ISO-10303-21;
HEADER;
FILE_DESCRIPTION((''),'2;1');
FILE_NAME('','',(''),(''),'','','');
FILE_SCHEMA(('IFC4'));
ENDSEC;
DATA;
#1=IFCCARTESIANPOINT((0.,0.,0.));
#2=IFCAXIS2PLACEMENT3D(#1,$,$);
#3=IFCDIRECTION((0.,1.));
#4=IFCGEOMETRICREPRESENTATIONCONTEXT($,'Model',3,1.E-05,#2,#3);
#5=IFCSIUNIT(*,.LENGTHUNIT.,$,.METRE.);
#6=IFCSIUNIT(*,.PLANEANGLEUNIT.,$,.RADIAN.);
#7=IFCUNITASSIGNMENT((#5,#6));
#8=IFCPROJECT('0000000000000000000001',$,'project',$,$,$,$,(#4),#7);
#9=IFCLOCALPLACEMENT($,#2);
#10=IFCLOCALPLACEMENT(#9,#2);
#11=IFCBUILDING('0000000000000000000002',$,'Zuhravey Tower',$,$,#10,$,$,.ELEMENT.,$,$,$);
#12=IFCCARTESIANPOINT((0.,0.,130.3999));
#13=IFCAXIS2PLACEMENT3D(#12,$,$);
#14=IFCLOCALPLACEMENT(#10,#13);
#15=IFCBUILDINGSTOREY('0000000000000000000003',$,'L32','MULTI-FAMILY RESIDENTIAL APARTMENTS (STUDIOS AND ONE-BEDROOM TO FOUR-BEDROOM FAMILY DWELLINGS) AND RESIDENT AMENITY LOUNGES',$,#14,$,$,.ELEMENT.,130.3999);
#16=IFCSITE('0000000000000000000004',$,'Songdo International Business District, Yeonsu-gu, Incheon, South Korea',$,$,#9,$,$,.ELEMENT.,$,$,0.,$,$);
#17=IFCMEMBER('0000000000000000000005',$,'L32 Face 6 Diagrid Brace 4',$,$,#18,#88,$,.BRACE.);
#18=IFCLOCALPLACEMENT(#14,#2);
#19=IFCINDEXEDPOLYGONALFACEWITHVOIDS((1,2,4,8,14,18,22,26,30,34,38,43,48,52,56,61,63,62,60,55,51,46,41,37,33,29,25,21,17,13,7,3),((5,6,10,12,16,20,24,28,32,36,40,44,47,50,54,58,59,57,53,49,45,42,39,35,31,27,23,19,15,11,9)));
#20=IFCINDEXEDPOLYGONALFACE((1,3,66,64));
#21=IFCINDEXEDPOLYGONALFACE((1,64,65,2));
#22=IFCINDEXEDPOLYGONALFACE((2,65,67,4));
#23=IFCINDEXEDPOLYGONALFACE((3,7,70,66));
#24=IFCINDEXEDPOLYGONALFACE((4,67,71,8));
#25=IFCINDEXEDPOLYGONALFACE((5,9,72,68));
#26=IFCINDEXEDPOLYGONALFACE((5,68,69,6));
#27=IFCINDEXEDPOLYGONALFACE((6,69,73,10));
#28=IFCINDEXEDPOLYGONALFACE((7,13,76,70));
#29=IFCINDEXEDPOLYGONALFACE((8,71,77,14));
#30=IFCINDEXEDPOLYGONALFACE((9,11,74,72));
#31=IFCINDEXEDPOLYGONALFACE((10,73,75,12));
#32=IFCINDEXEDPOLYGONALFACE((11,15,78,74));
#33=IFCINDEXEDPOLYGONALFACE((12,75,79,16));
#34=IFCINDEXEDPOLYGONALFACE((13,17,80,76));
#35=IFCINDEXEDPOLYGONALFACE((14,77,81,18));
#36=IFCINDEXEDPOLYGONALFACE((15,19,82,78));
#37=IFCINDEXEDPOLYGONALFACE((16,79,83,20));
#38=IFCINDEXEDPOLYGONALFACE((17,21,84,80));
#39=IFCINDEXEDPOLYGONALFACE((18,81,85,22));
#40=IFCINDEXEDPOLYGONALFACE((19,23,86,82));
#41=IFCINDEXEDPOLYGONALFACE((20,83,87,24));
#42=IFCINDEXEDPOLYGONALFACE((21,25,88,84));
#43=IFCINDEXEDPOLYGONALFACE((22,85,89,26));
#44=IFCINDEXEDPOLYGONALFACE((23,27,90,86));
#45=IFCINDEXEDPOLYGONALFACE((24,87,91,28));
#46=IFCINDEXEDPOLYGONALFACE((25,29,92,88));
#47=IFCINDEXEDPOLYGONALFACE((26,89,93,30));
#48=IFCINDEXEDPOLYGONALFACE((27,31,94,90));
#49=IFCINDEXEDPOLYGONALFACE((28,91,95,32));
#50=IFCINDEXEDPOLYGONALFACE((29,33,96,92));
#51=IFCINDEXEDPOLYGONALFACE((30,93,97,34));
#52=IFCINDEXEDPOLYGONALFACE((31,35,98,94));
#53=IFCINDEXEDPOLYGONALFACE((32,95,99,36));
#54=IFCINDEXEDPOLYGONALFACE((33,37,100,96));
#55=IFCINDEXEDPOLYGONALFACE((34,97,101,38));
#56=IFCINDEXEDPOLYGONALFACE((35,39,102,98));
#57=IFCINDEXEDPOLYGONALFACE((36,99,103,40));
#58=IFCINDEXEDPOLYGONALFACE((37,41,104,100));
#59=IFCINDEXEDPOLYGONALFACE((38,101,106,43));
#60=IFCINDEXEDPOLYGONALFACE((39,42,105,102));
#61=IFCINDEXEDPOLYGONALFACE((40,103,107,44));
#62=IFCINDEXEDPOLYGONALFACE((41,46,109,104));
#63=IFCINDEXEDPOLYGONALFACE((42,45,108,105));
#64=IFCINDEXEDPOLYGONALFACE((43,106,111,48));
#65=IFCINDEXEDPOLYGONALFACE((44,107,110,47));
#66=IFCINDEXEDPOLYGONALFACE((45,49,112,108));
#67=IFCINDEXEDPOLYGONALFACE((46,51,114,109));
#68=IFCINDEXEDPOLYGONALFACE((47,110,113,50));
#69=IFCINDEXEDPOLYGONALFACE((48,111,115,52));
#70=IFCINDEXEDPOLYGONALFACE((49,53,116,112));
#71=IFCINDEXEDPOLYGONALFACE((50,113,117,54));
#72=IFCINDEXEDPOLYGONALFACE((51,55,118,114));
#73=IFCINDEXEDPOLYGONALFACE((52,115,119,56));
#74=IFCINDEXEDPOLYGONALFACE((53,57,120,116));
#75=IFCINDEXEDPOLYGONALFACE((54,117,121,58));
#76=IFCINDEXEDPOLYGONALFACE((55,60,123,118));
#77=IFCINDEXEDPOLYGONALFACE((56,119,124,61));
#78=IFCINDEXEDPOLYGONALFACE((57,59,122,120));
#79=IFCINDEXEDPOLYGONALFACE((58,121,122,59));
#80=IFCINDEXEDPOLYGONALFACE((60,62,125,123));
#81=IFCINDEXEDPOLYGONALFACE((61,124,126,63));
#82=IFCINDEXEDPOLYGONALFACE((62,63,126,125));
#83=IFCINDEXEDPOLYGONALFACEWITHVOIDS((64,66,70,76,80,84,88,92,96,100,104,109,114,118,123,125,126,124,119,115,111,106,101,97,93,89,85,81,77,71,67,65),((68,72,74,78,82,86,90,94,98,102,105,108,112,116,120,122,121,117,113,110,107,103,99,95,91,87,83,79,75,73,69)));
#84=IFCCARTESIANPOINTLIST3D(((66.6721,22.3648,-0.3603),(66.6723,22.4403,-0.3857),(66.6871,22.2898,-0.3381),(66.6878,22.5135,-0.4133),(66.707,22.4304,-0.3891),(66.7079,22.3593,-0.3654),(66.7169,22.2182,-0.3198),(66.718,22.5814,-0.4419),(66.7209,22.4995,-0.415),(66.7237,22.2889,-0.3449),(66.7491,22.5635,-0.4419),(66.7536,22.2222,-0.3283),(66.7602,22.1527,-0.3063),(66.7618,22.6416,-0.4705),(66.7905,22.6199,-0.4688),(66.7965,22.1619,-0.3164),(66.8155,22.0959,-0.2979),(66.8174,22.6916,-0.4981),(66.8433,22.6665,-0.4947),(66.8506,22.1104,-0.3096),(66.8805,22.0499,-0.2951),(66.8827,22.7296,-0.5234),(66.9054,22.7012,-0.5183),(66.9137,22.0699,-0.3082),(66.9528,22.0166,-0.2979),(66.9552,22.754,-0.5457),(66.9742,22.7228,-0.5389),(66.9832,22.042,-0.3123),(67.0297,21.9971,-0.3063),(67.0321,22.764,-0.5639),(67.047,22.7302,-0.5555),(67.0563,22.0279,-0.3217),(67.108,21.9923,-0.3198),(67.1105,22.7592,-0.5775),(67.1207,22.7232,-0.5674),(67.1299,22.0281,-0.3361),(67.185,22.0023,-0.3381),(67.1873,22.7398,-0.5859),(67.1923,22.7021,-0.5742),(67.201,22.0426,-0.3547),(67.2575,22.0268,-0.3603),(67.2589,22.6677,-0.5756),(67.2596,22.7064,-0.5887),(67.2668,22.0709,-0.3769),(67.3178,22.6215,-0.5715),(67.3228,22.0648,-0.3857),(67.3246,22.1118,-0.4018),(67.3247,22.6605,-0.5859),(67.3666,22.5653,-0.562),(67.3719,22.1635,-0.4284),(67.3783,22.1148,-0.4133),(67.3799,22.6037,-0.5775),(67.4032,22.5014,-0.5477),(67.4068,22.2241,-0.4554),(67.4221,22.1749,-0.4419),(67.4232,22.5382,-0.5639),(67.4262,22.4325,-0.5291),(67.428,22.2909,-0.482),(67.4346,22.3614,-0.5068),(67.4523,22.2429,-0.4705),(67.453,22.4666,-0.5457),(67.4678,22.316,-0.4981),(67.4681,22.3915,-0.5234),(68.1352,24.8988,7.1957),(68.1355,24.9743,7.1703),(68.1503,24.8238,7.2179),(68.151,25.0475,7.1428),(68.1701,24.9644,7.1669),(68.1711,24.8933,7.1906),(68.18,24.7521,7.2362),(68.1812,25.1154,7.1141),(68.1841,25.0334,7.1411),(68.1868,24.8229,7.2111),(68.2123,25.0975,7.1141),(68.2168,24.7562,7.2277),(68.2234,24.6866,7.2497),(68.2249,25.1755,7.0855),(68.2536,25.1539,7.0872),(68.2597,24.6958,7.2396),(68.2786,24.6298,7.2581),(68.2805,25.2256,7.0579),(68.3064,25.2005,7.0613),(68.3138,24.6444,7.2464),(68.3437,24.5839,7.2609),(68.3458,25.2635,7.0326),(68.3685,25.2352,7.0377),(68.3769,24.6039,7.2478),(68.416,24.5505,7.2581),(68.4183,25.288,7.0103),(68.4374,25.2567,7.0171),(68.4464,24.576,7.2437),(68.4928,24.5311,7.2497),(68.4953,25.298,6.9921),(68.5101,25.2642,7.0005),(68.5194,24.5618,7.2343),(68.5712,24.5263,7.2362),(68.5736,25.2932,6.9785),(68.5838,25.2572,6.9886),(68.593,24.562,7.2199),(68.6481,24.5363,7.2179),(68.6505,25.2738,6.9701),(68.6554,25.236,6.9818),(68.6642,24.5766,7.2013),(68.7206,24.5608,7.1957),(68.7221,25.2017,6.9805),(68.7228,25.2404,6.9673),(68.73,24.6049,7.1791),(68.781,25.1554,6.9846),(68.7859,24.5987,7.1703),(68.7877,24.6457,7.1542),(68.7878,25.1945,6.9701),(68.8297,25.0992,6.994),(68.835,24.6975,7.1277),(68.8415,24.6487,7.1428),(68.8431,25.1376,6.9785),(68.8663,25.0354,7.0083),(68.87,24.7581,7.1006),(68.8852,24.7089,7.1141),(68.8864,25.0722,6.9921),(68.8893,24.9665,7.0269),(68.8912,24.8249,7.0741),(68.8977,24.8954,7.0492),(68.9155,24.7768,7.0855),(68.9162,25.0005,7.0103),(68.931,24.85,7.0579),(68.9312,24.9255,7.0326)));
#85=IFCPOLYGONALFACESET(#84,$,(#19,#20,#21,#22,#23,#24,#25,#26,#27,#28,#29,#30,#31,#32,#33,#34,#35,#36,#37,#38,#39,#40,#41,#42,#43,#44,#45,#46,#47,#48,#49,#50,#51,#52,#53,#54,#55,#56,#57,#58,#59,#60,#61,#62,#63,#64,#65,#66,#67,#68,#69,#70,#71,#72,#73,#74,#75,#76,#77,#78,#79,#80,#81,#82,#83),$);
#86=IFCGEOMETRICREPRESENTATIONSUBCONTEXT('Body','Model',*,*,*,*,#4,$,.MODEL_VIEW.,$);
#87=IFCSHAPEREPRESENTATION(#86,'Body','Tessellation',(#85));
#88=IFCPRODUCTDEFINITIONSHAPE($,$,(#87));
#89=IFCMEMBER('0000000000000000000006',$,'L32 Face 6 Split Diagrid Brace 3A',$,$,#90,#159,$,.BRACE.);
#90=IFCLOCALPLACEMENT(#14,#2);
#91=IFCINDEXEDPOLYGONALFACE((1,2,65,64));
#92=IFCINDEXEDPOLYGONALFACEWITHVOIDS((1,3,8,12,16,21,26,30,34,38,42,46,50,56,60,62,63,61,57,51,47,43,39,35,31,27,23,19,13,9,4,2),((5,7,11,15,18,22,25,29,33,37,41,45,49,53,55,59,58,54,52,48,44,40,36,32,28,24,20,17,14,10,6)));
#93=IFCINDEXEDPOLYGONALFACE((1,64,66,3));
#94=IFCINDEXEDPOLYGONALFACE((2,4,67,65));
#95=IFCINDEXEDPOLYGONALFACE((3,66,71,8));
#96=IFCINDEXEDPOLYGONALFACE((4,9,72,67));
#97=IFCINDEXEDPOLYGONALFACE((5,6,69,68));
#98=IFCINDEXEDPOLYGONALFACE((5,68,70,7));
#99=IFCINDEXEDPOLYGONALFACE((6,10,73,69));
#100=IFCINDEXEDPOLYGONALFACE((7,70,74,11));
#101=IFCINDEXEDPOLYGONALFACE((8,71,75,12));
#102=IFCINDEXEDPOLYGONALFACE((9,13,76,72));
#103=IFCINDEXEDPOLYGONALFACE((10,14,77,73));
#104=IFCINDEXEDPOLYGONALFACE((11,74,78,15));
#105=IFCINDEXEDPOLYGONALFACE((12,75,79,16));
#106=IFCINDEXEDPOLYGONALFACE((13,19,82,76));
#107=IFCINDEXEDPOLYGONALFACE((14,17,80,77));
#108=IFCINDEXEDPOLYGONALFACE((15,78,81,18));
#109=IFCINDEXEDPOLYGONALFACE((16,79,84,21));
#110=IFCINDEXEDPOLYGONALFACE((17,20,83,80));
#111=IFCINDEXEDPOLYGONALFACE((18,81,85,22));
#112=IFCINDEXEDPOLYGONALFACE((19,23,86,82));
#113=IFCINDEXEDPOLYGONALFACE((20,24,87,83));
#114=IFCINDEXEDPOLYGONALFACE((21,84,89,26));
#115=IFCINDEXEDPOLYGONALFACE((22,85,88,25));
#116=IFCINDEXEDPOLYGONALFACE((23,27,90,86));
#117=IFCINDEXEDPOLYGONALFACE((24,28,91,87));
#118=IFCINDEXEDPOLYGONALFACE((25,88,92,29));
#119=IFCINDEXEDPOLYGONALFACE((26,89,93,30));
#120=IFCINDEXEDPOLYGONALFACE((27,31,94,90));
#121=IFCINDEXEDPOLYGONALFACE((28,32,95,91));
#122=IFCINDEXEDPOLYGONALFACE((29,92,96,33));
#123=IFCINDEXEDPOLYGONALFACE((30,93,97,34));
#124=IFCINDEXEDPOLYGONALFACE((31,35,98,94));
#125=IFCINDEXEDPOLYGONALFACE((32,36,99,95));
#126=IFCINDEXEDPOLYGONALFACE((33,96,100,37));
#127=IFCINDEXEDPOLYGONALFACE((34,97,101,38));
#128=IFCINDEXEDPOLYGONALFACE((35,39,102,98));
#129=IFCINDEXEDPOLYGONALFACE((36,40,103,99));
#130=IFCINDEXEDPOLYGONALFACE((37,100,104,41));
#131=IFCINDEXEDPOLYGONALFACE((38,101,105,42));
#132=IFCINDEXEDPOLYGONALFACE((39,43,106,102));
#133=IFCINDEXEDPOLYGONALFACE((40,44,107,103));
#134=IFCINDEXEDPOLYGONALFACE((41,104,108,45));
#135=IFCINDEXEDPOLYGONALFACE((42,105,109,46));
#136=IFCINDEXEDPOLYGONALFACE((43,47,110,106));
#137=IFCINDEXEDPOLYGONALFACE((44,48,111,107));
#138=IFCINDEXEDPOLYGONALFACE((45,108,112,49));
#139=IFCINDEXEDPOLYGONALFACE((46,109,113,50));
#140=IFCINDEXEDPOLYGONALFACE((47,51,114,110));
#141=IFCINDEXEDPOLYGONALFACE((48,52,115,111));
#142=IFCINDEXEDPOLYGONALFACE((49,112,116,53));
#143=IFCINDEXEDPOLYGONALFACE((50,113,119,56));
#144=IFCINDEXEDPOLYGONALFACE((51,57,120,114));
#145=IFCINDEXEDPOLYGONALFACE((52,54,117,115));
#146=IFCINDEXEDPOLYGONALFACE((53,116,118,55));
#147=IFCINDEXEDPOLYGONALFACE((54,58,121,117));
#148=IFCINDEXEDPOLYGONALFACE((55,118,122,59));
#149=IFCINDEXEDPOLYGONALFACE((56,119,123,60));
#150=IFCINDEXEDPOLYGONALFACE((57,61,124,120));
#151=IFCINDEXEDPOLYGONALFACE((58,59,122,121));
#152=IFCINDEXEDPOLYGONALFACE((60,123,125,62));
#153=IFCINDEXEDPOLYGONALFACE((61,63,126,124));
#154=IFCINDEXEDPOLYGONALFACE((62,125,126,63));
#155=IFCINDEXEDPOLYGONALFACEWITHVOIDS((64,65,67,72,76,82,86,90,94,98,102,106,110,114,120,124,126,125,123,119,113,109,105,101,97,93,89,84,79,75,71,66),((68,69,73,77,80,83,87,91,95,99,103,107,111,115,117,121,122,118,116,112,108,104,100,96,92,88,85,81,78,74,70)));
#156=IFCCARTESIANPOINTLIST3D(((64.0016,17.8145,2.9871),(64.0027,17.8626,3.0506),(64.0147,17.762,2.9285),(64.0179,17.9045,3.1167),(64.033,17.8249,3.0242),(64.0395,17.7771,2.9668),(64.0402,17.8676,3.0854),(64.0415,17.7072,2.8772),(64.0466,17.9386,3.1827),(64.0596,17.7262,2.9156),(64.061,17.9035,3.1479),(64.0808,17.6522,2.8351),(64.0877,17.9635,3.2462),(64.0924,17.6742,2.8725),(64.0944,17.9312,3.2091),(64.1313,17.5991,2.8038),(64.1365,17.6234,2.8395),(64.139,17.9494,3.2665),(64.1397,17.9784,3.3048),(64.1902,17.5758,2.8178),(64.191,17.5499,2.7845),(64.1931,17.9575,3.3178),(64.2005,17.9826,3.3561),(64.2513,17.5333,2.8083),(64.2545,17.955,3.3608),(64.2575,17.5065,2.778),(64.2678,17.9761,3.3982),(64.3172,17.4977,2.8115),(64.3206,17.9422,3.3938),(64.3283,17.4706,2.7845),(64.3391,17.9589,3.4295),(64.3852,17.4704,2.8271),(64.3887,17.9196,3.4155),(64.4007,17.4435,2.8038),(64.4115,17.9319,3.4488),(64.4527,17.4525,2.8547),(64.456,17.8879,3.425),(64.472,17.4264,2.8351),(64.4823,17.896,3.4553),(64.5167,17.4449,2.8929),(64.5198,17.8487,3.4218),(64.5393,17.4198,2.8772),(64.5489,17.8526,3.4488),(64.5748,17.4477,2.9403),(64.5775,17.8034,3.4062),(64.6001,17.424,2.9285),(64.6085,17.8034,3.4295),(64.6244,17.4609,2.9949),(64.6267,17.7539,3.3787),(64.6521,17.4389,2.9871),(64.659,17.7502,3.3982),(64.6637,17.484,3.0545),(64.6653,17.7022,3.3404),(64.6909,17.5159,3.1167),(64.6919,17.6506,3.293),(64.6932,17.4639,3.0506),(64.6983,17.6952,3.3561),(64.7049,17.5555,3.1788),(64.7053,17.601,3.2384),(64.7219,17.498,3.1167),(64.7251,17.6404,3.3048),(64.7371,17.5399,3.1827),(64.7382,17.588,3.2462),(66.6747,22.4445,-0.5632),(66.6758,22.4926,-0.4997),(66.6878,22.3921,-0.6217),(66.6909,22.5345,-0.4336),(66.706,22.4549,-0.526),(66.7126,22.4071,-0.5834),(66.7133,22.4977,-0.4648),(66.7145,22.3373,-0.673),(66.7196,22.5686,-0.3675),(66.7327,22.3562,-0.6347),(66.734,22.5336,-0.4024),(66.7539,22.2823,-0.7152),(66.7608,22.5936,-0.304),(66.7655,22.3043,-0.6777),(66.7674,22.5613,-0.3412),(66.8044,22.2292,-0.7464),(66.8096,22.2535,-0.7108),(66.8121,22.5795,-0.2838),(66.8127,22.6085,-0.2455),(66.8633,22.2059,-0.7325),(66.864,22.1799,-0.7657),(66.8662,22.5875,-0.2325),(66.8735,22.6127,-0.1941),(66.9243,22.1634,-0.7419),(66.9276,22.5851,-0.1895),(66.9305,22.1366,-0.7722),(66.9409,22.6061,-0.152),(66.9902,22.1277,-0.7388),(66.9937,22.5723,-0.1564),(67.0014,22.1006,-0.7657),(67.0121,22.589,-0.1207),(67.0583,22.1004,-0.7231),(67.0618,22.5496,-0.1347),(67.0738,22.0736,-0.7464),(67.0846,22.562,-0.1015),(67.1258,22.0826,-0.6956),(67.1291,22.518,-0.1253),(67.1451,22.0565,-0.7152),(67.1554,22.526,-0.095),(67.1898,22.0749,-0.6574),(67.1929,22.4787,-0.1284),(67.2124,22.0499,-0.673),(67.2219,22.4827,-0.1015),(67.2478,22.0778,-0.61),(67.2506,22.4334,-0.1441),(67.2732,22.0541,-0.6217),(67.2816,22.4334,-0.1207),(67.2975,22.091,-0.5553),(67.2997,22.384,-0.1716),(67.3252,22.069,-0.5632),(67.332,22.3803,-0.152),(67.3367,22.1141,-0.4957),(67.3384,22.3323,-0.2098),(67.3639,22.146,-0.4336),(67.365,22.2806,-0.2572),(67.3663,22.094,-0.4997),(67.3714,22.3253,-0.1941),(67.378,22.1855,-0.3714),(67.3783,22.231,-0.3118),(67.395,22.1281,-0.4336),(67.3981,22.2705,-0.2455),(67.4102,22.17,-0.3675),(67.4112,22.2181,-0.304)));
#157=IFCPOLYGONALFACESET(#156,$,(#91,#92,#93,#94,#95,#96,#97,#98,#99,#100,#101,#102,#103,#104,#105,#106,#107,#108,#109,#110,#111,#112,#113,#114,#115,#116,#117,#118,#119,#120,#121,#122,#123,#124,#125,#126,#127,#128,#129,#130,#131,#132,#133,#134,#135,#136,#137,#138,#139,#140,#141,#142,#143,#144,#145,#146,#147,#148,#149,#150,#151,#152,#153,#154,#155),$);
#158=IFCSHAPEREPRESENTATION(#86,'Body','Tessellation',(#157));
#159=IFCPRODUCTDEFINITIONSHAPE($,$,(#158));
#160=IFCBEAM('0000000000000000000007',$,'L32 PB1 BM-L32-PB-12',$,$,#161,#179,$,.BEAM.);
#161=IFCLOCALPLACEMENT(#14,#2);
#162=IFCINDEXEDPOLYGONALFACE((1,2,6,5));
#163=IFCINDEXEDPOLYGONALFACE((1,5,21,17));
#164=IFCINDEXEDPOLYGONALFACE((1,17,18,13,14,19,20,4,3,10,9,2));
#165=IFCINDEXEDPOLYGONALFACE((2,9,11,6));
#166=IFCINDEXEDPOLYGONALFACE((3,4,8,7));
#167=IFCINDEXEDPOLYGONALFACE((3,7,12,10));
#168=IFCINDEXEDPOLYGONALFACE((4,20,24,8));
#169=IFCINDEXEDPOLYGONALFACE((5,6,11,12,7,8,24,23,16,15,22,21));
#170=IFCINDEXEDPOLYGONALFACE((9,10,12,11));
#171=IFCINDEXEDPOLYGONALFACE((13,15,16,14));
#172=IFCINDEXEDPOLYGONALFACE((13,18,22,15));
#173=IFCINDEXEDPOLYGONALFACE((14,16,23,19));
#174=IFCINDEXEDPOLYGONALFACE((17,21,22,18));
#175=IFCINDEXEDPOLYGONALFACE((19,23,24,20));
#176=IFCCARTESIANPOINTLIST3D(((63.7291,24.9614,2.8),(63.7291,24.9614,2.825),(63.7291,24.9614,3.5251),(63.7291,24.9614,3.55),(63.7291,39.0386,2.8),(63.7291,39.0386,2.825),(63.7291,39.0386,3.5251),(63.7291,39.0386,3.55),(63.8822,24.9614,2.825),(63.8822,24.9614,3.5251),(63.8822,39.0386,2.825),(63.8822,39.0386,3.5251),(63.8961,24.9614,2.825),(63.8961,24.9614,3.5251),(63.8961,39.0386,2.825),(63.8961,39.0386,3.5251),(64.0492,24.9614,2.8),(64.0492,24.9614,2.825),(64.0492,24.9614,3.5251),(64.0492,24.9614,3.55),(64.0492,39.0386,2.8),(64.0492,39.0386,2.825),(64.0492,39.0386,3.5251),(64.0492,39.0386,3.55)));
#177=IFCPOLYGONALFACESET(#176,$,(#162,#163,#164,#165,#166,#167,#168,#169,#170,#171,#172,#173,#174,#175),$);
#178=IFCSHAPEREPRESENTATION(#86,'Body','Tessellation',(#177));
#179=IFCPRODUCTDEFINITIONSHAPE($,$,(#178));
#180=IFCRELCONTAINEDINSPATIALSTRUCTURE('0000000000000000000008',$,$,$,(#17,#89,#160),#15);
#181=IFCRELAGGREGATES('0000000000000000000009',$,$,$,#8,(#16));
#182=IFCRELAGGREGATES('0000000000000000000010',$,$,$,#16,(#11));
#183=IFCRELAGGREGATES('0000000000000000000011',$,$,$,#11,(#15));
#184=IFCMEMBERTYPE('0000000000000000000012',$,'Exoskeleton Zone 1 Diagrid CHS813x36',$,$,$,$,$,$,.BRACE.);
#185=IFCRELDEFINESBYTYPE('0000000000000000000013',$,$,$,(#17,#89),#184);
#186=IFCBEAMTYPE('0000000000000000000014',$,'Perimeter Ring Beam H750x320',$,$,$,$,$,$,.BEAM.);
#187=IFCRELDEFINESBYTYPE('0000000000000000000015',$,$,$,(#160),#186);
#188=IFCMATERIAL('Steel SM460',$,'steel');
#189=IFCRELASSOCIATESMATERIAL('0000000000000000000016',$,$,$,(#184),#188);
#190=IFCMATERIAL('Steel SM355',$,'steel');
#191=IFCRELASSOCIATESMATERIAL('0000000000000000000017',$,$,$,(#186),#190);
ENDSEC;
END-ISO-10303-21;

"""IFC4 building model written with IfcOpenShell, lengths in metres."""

from ifc_helpers import new_model, si_unit, direction, frame, origin, origin_2d, place, context, subcontext, project, spatial, hollow_circle, i_section, extrude, material, material_profile, profile_set, type_object, element, save


model = new_model("IFC4")

# Units and contexts
model_context = context("Model", 3, precision=1e-05, world=origin(), true_north=direction((0.0, 1.0)))
body_context = subcontext(model_context, "Body", "Model", "MODEL_VIEW")
ifc_project = project(units=[si_unit("LENGTHUNIT", "METRE"), si_unit("PLANEANGLEUNIT", "RADIAN")], contexts=[model_context])

# Site, building, storey
site_placement = place(None, origin())
site = spatial("IfcSite", under=ifc_project, at=site_placement, Name="Songdo International Business District, Yeonsu-gu, Incheon, South Korea", CompositionType="ELEMENT", RefElevation=0.0)
building_placement = place(site_placement, origin())
building = spatial("IfcBuilding", under=site, at=building_placement, Name="Zuhravey Tower", CompositionType="ELEMENT")
storey_placement = place(building_placement, frame((0.0, 0.0, 130.3999)))
storey = spatial("IfcBuildingStorey", under=building, at=storey_placement, Name="L32", Description="MULTI-FAMILY RESIDENTIAL APARTMENTS (STUDIOS AND ONE-BEDROOM TO FOUR-BEDROOM FAMILY DWELLINGS) AND RESIDENT AMENITY LOUNGES", CompositionType="ELEMENT", Elevation=130.3999)

# Members
ifc_material_1 = material(Name="Steel SM460", Category="steel")
ifc_material_profile_1 = material_profile(ifc_material_1, hollow_circle(Radius=0.4065, WallThickness=0.0359, at=origin_2d()), Name="CHS-812.8x36")
ifc_profile_set_1 = profile_set([ifc_material_profile_1], Name="Steel SM460")
member_type_1 = type_object("IfcMemberType", Name="Exoskeleton Zone 1 Diagrid CHS813x36", PredefinedType="BRACE", material=ifc_profile_set_1)
member_1_placement = place(storey_placement, frame((67.0701, 22.3782, -0.4419), z_axis=(0.180574, 0.312728, 0.93252), x_axis=(-0.866001, 0.500043, 0.0)))
element("IfcMember", 1, at=member_1_placement, inside=storey, type_object=member_type_1, Name="L32 Face 6 Diagrid Brace 4", PredefinedType="BRACE", context=body_context, shape_type="SweptSolid", body=[
    extrude(hollow_circle(Radius=0.4065, WallThickness=0.0359, at=origin_2d()), origin(), (0.0, 0.0, 1.0), 8.1028),
])
member_2_placement = place(storey_placement, frame((67.043, 22.3313, -0.4336), z_axis=(-0.416513, -0.721451, 0.553195), x_axis=(0.866034, -0.499985, 0.0)))
element("IfcMember", 2, at=member_2_placement, inside=storey, type_object=member_type_1, Name="L32 Face 6 Split Diagrid Brace 3A", PredefinedType="BRACE", context=body_context, shape_type="SweptSolid", body=[
    extrude(hollow_circle(Radius=0.4065, WallThickness=0.0359, at=origin_2d()), origin(), (0.0, 0.0, 1.0), 6.4177),
])

# Beam
ifc_material_2 = material(Name="Steel SM355", Category="steel")
ifc_material_profile_2 = material_profile(ifc_material_2, i_section(OverallWidth=0.3201, OverallDepth=0.75, WebThickness=0.0139, FlangeThickness=0.0249, at=origin_2d()), Name="H-750x320x14x25")
ifc_profile_set_2 = profile_set([ifc_material_profile_2], Name="Steel SM355")
beam_type_1 = type_object("IfcBeamType", Name="Perimeter Ring Beam H750x320", PredefinedType="BEAM", material=ifc_profile_set_2)
beam_1_placement = place(storey_placement, frame((63.8892, 24.9614, 3.175), z_axis=(0.0, 1.0, 0.0), x_axis=(-1.0, 0.0, 0.0)))
element("IfcBeam", 3, at=beam_1_placement, inside=storey, type_object=beam_type_1, Name="L32 PB1 BM-L32-PB-12", PredefinedType="BEAM", context=body_context, shape_type="SweptSolid", body=[
    extrude(i_section(OverallWidth=0.3201, OverallDepth=0.75, WebThickness=0.0139, FlangeThickness=0.0249, at=origin_2d()), origin(), (0.0, 0.0, 1.0), 14.0771),
])

save(model, "model.ifc")
